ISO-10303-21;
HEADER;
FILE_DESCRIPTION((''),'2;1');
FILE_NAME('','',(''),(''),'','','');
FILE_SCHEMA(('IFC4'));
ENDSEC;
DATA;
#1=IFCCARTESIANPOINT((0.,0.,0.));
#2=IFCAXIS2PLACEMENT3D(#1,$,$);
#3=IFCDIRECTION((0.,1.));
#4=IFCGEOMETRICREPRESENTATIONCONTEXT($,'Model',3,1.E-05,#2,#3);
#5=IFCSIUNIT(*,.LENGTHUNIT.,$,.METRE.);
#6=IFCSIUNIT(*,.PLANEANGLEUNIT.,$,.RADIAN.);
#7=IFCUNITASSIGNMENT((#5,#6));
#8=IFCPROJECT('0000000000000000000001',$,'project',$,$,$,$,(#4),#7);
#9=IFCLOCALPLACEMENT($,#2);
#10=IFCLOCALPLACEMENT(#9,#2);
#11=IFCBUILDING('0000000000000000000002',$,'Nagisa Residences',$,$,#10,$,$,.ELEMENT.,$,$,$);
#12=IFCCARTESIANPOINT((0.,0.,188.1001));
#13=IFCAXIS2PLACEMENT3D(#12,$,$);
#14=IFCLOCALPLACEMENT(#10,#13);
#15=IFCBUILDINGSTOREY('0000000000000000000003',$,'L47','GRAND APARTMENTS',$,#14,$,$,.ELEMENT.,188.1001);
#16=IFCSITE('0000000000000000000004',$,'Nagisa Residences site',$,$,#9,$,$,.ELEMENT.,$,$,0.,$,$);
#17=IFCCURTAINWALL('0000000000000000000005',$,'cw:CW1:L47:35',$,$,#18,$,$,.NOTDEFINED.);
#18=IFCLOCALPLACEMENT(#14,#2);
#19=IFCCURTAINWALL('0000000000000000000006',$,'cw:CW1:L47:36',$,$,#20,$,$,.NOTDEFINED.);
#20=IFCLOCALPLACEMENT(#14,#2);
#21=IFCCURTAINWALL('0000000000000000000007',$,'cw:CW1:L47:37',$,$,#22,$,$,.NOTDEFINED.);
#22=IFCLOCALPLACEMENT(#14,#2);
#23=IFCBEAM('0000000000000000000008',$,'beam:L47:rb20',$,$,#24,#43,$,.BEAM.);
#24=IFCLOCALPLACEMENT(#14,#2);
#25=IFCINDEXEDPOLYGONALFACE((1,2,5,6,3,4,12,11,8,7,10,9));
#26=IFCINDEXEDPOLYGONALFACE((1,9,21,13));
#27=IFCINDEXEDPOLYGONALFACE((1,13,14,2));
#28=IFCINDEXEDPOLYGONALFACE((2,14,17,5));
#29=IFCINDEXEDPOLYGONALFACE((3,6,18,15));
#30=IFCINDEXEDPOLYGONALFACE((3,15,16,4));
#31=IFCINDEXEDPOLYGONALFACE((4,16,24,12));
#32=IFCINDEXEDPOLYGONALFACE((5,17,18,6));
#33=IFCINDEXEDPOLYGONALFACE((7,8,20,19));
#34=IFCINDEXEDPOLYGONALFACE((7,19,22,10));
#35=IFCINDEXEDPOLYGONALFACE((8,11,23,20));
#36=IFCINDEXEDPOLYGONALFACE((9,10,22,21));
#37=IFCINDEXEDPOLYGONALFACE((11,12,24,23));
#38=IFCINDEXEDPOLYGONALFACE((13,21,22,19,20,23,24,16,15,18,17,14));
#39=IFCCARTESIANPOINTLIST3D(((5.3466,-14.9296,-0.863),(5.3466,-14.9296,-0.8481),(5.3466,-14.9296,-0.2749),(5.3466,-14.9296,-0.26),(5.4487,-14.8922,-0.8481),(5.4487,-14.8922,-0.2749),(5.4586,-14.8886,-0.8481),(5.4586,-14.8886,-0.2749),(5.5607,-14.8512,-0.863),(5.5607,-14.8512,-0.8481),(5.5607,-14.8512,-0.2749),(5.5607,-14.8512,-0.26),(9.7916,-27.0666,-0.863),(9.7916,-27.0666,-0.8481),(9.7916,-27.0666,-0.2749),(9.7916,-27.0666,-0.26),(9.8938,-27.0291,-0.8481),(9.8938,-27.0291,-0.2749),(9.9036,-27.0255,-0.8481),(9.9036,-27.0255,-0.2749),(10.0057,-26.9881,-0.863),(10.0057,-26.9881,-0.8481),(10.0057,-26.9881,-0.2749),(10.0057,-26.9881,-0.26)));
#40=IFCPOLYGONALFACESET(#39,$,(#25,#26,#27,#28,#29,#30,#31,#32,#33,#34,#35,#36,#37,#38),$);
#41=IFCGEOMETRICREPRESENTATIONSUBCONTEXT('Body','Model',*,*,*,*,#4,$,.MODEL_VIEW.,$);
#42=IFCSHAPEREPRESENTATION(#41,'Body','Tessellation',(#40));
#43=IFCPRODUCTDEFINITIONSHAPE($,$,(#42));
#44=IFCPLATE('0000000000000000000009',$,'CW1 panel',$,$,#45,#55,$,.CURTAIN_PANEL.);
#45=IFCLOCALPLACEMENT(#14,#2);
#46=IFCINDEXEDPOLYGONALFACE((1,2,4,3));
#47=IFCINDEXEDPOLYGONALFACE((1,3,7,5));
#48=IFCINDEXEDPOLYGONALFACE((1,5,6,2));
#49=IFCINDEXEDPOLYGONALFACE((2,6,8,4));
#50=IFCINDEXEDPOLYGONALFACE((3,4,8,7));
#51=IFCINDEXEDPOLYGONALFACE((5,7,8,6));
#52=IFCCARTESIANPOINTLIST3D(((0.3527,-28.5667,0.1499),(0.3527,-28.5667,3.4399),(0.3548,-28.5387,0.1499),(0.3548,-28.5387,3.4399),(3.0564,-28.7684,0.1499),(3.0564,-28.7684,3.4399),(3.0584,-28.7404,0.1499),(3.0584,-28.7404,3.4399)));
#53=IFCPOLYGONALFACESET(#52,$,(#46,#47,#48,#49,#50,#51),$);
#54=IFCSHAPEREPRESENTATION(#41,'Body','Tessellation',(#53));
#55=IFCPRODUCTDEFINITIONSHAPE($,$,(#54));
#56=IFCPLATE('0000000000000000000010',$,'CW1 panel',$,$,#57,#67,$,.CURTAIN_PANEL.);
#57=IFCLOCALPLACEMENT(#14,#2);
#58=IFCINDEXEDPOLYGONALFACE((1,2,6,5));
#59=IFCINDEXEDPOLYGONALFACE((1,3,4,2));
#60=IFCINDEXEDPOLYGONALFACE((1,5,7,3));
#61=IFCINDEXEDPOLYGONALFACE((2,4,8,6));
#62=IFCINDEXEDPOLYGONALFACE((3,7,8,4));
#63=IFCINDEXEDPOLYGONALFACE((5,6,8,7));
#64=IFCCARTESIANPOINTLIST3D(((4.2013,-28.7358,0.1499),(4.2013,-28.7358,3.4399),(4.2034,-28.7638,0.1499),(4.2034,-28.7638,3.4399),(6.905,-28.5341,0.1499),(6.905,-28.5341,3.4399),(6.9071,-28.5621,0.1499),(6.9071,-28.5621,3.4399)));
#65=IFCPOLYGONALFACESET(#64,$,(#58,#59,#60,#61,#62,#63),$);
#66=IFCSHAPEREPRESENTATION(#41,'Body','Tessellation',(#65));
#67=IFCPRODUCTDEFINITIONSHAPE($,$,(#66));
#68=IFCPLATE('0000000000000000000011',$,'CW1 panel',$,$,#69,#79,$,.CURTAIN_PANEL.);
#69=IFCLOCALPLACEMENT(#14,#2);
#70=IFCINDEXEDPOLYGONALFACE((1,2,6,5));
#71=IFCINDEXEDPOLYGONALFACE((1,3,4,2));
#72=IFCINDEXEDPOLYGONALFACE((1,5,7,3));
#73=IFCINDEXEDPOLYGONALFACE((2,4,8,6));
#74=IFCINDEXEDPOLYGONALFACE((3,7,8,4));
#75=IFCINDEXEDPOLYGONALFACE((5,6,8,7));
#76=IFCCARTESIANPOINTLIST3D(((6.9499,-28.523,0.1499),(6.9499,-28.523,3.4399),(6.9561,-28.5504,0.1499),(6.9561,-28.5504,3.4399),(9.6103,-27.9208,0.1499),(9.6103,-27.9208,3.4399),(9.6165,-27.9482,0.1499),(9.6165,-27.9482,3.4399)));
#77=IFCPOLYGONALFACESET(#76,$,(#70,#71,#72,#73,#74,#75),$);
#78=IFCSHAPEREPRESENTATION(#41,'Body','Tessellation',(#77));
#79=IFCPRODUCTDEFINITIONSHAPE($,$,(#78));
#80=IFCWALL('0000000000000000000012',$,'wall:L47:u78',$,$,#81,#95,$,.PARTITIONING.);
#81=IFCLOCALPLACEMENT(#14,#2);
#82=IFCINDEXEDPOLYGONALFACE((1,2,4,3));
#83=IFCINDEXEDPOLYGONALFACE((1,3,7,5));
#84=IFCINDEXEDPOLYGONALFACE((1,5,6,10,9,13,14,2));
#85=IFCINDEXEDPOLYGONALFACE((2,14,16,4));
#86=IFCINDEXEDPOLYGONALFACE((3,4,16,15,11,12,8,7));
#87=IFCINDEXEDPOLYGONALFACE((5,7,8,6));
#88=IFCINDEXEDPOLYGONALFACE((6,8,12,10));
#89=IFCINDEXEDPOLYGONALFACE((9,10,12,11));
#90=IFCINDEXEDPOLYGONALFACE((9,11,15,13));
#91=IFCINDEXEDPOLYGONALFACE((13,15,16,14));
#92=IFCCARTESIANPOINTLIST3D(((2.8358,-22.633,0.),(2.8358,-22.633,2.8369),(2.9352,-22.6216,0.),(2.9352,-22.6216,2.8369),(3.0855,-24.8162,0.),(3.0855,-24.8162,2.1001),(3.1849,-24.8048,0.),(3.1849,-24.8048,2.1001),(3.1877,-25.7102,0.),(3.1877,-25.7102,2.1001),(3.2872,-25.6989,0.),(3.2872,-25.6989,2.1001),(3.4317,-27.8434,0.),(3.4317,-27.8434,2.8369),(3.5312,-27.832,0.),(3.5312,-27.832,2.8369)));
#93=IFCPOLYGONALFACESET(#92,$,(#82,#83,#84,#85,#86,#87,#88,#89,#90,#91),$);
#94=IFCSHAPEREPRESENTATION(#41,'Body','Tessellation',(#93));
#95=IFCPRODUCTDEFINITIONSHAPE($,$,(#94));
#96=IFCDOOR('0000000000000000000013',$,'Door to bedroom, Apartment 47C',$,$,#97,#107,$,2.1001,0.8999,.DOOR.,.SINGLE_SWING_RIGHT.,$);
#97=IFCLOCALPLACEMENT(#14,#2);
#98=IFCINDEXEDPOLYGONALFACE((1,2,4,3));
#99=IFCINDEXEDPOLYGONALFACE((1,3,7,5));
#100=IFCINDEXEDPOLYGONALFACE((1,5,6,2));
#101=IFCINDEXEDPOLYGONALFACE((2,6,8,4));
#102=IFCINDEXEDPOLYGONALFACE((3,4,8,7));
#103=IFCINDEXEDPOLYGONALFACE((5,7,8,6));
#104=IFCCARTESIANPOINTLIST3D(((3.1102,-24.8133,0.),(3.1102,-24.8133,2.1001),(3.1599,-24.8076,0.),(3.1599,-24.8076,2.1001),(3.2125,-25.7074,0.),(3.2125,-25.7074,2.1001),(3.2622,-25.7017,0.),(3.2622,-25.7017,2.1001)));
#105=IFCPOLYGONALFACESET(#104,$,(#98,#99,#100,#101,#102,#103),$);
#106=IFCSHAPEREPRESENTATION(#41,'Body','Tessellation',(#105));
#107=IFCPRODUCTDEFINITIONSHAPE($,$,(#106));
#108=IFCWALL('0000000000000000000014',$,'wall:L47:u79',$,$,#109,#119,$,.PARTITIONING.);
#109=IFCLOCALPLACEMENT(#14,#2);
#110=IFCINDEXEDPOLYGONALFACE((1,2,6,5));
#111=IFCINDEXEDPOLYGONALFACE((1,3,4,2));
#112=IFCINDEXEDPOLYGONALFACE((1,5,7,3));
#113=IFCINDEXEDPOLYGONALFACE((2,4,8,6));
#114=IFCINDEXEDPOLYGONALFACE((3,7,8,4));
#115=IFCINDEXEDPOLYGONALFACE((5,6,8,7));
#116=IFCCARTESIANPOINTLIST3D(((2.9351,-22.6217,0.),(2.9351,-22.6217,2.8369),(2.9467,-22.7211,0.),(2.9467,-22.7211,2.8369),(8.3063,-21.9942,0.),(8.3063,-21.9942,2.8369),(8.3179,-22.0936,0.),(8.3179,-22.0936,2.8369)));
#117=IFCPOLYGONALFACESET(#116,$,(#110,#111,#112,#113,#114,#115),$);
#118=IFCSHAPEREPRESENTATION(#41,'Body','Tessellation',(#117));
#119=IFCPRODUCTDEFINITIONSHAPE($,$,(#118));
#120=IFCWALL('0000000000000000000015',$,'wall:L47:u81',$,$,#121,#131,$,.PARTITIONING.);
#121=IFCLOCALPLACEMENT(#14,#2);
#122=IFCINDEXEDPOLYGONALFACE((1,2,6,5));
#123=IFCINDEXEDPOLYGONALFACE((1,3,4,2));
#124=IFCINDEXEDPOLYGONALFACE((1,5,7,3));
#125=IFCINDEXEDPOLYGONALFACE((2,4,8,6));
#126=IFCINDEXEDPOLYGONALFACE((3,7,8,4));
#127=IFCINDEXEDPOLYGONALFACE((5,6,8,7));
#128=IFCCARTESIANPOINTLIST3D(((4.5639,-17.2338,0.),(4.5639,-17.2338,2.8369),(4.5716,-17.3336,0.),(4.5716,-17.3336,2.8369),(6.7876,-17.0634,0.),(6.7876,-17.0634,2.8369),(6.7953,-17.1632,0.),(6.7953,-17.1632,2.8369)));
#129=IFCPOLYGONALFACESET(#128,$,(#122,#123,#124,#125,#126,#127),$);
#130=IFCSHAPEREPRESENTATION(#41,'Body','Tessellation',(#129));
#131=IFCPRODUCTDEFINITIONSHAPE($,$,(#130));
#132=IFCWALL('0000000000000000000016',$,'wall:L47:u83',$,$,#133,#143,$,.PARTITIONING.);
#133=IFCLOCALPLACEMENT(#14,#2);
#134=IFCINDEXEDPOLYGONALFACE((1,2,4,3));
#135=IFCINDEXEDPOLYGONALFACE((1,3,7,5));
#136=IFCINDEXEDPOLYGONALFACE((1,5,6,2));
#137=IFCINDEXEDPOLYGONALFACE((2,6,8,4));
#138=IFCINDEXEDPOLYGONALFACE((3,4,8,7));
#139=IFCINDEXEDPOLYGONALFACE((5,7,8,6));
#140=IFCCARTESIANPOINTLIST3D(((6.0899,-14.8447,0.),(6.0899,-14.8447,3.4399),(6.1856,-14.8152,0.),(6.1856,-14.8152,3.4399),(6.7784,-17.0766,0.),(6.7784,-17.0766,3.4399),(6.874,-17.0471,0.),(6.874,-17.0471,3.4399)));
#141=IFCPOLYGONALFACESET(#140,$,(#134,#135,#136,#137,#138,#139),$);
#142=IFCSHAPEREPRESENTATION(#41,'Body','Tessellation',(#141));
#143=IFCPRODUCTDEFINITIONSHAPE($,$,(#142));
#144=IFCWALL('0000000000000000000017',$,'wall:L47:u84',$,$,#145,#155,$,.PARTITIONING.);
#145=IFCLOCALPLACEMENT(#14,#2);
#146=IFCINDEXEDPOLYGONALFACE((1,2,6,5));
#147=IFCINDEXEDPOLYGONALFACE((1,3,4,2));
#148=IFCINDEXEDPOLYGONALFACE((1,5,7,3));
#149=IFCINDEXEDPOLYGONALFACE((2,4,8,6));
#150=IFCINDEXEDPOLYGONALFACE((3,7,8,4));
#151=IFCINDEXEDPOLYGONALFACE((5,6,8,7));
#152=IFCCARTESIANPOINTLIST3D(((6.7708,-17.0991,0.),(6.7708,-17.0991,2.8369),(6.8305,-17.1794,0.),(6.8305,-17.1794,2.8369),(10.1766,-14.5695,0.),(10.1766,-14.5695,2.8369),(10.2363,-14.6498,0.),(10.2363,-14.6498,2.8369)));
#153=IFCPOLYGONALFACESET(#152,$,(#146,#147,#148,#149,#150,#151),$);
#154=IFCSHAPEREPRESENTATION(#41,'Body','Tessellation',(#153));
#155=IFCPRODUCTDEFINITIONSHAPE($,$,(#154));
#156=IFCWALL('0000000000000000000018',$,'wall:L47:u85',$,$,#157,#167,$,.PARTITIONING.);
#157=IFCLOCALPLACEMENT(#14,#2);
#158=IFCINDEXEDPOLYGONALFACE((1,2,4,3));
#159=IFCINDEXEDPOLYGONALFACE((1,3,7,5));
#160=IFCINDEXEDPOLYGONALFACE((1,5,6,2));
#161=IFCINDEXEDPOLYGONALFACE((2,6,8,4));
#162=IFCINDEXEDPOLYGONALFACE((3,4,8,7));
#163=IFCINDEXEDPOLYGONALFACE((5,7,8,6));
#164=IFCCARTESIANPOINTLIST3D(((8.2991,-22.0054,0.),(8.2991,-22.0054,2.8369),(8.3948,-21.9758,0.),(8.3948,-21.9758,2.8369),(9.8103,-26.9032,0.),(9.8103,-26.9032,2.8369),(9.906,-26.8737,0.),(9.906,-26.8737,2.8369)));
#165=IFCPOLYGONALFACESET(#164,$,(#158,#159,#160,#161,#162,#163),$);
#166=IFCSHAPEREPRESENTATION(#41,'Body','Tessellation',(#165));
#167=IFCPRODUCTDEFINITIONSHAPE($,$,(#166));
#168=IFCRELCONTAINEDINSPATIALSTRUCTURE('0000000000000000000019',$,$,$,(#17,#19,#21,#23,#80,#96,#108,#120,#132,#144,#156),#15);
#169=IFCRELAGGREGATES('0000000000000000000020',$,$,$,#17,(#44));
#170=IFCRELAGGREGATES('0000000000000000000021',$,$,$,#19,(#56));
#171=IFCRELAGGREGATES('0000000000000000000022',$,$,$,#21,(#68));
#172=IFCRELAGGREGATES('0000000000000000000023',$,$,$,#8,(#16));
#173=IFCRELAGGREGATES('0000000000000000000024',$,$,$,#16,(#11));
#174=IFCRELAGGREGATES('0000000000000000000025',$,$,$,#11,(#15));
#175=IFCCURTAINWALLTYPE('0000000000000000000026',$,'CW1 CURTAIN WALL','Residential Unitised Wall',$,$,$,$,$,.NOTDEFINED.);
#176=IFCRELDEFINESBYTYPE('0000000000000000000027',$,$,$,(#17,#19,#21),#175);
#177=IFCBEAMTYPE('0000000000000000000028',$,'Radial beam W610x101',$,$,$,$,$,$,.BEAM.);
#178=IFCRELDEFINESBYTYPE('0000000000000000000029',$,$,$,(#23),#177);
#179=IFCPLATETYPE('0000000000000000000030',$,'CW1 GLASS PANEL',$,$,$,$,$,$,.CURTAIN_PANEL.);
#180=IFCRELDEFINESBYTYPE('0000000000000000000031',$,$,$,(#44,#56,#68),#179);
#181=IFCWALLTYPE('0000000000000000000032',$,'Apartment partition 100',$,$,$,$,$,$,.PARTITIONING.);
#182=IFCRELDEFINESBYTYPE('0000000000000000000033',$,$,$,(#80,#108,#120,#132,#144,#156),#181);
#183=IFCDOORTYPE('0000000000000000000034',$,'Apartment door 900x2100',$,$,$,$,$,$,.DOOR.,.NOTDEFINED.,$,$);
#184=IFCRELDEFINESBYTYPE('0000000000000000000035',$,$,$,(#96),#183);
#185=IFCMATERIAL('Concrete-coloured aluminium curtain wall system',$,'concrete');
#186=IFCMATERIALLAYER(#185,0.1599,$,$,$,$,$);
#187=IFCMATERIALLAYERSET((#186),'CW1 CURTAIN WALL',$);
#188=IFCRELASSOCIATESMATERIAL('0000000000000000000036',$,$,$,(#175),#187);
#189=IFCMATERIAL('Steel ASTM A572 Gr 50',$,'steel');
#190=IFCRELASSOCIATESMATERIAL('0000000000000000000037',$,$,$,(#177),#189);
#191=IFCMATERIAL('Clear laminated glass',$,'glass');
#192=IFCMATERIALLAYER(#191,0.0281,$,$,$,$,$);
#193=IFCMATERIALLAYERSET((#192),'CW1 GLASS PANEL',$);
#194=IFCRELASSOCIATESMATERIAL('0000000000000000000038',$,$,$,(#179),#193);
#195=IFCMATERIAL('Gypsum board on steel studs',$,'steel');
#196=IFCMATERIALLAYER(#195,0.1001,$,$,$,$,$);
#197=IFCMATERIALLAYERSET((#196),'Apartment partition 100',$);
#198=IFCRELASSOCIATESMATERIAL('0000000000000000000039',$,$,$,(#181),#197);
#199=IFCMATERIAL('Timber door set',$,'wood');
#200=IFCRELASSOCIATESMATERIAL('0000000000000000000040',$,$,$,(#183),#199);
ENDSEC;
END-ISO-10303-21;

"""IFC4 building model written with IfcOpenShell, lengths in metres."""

from ifc_helpers import new_model, si_unit, direction, frame, frame_2d, origin, origin_2d, place, context, subcontext, project, spatial, rectangle, i_section, extrude, material, layer, layer_set, material_profile, profile_set, type_object, element, fill, aggregate, save


model = new_model("IFC4")

# Units and contexts
model_context = context("Model", 3, precision=1e-05, world=origin(), true_north=direction((0.0, 1.0)))
body_context = subcontext(model_context, "Body", "Model", "MODEL_VIEW")
ifc_project = project(units=[si_unit("LENGTHUNIT", "METRE"), si_unit("PLANEANGLEUNIT", "RADIAN")], contexts=[model_context])

# Site, building, storey
site_placement = place(None, origin())
site = spatial("IfcSite", under=ifc_project, at=site_placement, Name="Nagisa Residences site", CompositionType="ELEMENT", RefElevation=0.0)
building_placement = place(site_placement, origin())
building = spatial("IfcBuilding", under=site, at=building_placement, Name="Nagisa Residences", CompositionType="ELEMENT")
storey_placement = place(building_placement, frame((0.0, 0.0, 188.1001)))
storey = spatial("IfcBuildingStorey", under=building, at=storey_placement, Name="L47", Description="GRAND APARTMENTS", CompositionType="ELEMENT", Elevation=188.1001)

# Curtain walls
ifc_material_1 = material(Name="Concrete-coloured aluminium curtain wall system", Category="concrete")
ifc_layer_1 = layer(ifc_material_1, 0.1599)
ifc_layer_set_1 = layer_set([ifc_layer_1], Name="CW1 CURTAIN WALL")
curtain_wall_type = type_object("IfcCurtainWallType", Name="CW1 CURTAIN WALL", Description="Residential Unitised Wall", PredefinedType="NOTDEFINED", material=ifc_layer_set_1)
curtain_wall_1_placement = place(storey_placement, origin())
curtain_wall_1 = element("IfcCurtainWall", 1, at=curtain_wall_1_placement, inside=storey, type_object=curtain_wall_type, Name="cw:CW1:L47:35", PredefinedType="NOTDEFINED")
curtain_wall_2_placement = place(storey_placement, origin())
curtain_wall_2 = element("IfcCurtainWall", 2, at=curtain_wall_2_placement, inside=storey, type_object=curtain_wall_type, Name="cw:CW1:L47:36", PredefinedType="NOTDEFINED")
curtain_wall_3_placement = place(storey_placement, origin())
curtain_wall_3 = element("IfcCurtainWall", 3, at=curtain_wall_3_placement, inside=storey, type_object=curtain_wall_type, Name="cw:CW1:L47:37", PredefinedType="NOTDEFINED")

# Beam
ifc_material_2 = material(Name="Steel ASTM A572 Gr 50", Category="steel")
ifc_material_profile_1 = material_profile(ifc_material_2, i_section(OverallWidth=0.228, OverallDepth=0.603, WebThickness=0.0105, FlangeThickness=0.0149, at=origin_2d()), Name="W610x101")
ifc_profile_set_1 = profile_set([ifc_material_profile_1], Name="Steel ASTM A572 Gr 50")
beam_type_1 = type_object("IfcBeamType", Name="Radial beam W610x101", PredefinedType="BEAM", material=ifc_profile_set_1)
beam_1_placement = place(storey_placement, frame((9.8987, -27.0273, -0.5615), z_axis=(-0.343903, 0.939005, 0.0), x_axis=(-0.939005, -0.343903, 0.0)))
element("IfcBeam", 4, at=beam_1_placement, inside=storey, type_object=beam_type_1, Name="beam:L47:rb20", PredefinedType="BEAM", context=body_context, shape_type="SweptSolid", body=[
    extrude(i_section(OverallWidth=0.228, OverallDepth=0.603, WebThickness=0.0105, FlangeThickness=0.0149, at=origin_2d()), origin(), (0.0, 0.0, 1.0), 12.9253),
])

# Plates
ifc_material_3 = material(Name="Clear laminated glass", Category="glass")
ifc_layer_2 = layer(ifc_material_3, 0.0281)
ifc_layer_set_2 = layer_set([ifc_layer_2], Name="CW1 GLASS PANEL")
plate_type = type_object("IfcPlateType", Name="CW1 GLASS PANEL", PredefinedType="CURTAIN_PANEL", material=ifc_layer_set_2)
plate_1_placement = place(storey_placement, frame((1.7056, -28.6536, 0.1499), z_axis=(0.0, 0.0, 1.0), x_axis=(0.99723, -0.074377, 0.0)))
plate_1 = element("IfcPlate", 5, at=plate_1_placement, type_object=plate_type, Name="CW1 panel", PredefinedType="CURTAIN_PANEL", context=body_context, shape_type="SweptSolid", body=[
    extrude(rectangle(XDim=2.7112, YDim=0.0281, at=origin_2d()), origin(), (0.0, 0.0, 1.0), 3.29),
])
aggregate(curtain_wall_1, [plate_1])
plate_2_placement = place(storey_placement, frame((5.5542, -28.6489, 0.1499), z_axis=(0.0, 0.0, 1.0), x_axis=(0.99723, 0.074377, 0.0)))
plate_2 = element("IfcPlate", 6, at=plate_2_placement, type_object=plate_type, Name="CW1 panel", PredefinedType="CURTAIN_PANEL", context=body_context, shape_type="SweptSolid", body=[
    extrude(rectangle(XDim=2.7112, YDim=0.0281, at=origin_2d()), origin(), (0.0, 0.0, 1.0), 3.29),
])
aggregate(curtain_wall_2, [plate_2])
plate_3_placement = place(storey_placement, frame((8.2832, -28.2356, 0.1499), z_axis=(0.0, 0.0, 1.0), x_axis=(0.975327, 0.220764, 0.0)))
plate_3 = element("IfcPlate", 7, at=plate_3_placement, type_object=plate_type, Name="CW1 panel", PredefinedType="CURTAIN_PANEL", context=body_context, shape_type="SweptSolid", body=[
    extrude(rectangle(XDim=2.7278, YDim=0.0281, at=origin_2d()), origin(), (0.0, 0.0, 1.0), 3.29),
])
aggregate(curtain_wall_3, [plate_3])

# Wall, opening, door
ifc_material_4 = material(Name="Gypsum board on steel studs", Category="steel")
ifc_layer_3 = layer(ifc_material_4, 0.1001)
ifc_layer_set_3 = layer_set([ifc_layer_3], Name="Apartment partition 100")
wall_type_1 = type_object("IfcWallType", Name="Apartment partition 100", PredefinedType="PARTITIONING", material=ifc_layer_set_3)
wall_1_placement = place(storey_placement, frame((2.8855, -22.6274, 0.0), z_axis=(0.0, 0.0, 1.0), x_axis=(0.113635, -0.993523, 0.0)))
wall_1 = element("IfcWall", 8, at=wall_1_placement, inside=storey, type_object=wall_type_1, Name="wall:L47:u78", PredefinedType="PARTITIONING", context=body_context, shape_type="SweptSolid", body=[
    extrude(rectangle(XDim=5.2444, YDim=0.1001, at=frame_2d((2.6221, 0.0))), origin(), (0.0, 0.0, 1.0), 2.8369),
])
opening_1_placement = place(wall_1_placement, frame((2.1973, 0.0, 0.0)))
opening_1 = element("IfcOpeningElement", 9, at=opening_1_placement, cuts=wall_1, PredefinedType="OPENING", context=body_context, shape_type="SweptSolid", body=[
    extrude(rectangle(XDim=0.8999, YDim=2.1001, at=frame_2d((0.45, 1.05))), frame((0.0, 0.0601, 0.0), z_axis=(0.0, -1.0, 0.0), x_axis=(1.0, 0.0, 0.0)), (0.0, 0.0, 1.0), 0.1201),
])
ifc_material_5 = material(Name="Timber door set", Category="wood")
door_type_1 = type_object("IfcDoorType", Name="Apartment door 900x2100", OperationType="NOTDEFINED", PredefinedType="DOOR", material=ifc_material_5)
door_1_placement = place(opening_1_placement, origin())
door_1 = element("IfcDoor", 10, at=door_1_placement, inside=storey, type_object=door_type_1, Name="Door to bedroom, Apartment 47C", OperationType="SINGLE_SWING_RIGHT", OverallHeight=2.1001, OverallWidth=0.8999, PredefinedType="DOOR", context=body_context, shape_type="SweptSolid", body=[
    extrude(rectangle(XDim=0.8999, YDim=2.1001, at=frame_2d((0.45, 1.05))), frame((0.0, 0.0249, 0.0), z_axis=(0.0, -1.0, 0.0), x_axis=(1.0, 0.0, 0.0)), (0.0, 0.0, 1.0), 0.05),
])
fill(opening_1, door_1)

# Walls
wall_2_placement = place(storey_placement, frame((2.9409, -22.6714, 0.0), z_axis=(0.0, 0.0, 1.0), x_axis=(0.993246, 0.116029, 0.0)))
element("IfcWall", 11, at=wall_2_placement, inside=storey, type_object=wall_type_1, Name="wall:L47:u79", PredefinedType="PARTITIONING", context=body_context, shape_type="SweptSolid", body=[
    extrude(rectangle(XDim=5.4077, YDim=0.1001, at=frame_2d((2.7039, 0.0))), origin(), (0.0, 0.0, 1.0), 2.8369),
])
wall_3_placement = place(storey_placement, frame((4.5676, -17.2837, 0.0), z_axis=(0.0, 0.0, 1.0), x_axis=(0.997076, 0.076412, 0.0)))
element("IfcWall", 12, at=wall_3_placement, inside=storey, type_object=wall_type_1, Name="wall:L47:u81", PredefinedType="PARTITIONING", context=body_context, shape_type="SweptSolid", body=[
    extrude(rectangle(XDim=2.2302, YDim=0.1001, at=frame_2d((1.1152, 0.0))), origin(), (0.0, 0.0, 1.0), 2.8369),
])
wall_4_placement = place(storey_placement, frame((6.1377, -14.8298, 0.0), z_axis=(0.0, 0.0, 1.0), x_axis=(0.294762, -0.955571, 0.0)))
element("IfcWall", 13, at=wall_4_placement, inside=storey, type_object=wall_type_1, Name="wall:L47:u83", PredefinedType="PARTITIONING", context=body_context, shape_type="SweptSolid", body=[
    extrude(rectangle(XDim=2.3357, YDim=0.1001, at=frame_2d((1.168, 0.0))), origin(), (0.0, 0.0, 1.0), 3.4399),
])
wall_5_placement = place(storey_placement, frame((6.8008, -17.1392, 0.0), z_axis=(0.0, 0.0, 1.0), x_axis=(0.802795, 0.596255, 0.0)))
element("IfcWall", 14, at=wall_5_placement, inside=storey, type_object=wall_type_1, Name="wall:L47:u84", PredefinedType="PARTITIONING", context=body_context, shape_type="SweptSolid", body=[
    extrude(rectangle(XDim=4.2424, YDim=0.1001, at=frame_2d((2.1211, 0.0))), origin(), (0.0, 0.0, 1.0), 2.8369),
])
wall_6_placement = place(storey_placement, frame((8.3469, -21.9905, 0.0), z_axis=(0.0, 0.0, 1.0), x_axis=(0.294829, -0.95555, 0.0)))
element("IfcWall", 15, at=wall_6_placement, inside=storey, type_object=wall_type_1, Name="wall:L47:u85", PredefinedType="PARTITIONING", context=body_context, shape_type="SweptSolid", body=[
    extrude(rectangle(XDim=5.1257, YDim=0.1001, at=frame_2d((2.563, 0.0))), origin(), (0.0, 0.0, 1.0), 2.8369),
])

save(model, "model.ifc")
